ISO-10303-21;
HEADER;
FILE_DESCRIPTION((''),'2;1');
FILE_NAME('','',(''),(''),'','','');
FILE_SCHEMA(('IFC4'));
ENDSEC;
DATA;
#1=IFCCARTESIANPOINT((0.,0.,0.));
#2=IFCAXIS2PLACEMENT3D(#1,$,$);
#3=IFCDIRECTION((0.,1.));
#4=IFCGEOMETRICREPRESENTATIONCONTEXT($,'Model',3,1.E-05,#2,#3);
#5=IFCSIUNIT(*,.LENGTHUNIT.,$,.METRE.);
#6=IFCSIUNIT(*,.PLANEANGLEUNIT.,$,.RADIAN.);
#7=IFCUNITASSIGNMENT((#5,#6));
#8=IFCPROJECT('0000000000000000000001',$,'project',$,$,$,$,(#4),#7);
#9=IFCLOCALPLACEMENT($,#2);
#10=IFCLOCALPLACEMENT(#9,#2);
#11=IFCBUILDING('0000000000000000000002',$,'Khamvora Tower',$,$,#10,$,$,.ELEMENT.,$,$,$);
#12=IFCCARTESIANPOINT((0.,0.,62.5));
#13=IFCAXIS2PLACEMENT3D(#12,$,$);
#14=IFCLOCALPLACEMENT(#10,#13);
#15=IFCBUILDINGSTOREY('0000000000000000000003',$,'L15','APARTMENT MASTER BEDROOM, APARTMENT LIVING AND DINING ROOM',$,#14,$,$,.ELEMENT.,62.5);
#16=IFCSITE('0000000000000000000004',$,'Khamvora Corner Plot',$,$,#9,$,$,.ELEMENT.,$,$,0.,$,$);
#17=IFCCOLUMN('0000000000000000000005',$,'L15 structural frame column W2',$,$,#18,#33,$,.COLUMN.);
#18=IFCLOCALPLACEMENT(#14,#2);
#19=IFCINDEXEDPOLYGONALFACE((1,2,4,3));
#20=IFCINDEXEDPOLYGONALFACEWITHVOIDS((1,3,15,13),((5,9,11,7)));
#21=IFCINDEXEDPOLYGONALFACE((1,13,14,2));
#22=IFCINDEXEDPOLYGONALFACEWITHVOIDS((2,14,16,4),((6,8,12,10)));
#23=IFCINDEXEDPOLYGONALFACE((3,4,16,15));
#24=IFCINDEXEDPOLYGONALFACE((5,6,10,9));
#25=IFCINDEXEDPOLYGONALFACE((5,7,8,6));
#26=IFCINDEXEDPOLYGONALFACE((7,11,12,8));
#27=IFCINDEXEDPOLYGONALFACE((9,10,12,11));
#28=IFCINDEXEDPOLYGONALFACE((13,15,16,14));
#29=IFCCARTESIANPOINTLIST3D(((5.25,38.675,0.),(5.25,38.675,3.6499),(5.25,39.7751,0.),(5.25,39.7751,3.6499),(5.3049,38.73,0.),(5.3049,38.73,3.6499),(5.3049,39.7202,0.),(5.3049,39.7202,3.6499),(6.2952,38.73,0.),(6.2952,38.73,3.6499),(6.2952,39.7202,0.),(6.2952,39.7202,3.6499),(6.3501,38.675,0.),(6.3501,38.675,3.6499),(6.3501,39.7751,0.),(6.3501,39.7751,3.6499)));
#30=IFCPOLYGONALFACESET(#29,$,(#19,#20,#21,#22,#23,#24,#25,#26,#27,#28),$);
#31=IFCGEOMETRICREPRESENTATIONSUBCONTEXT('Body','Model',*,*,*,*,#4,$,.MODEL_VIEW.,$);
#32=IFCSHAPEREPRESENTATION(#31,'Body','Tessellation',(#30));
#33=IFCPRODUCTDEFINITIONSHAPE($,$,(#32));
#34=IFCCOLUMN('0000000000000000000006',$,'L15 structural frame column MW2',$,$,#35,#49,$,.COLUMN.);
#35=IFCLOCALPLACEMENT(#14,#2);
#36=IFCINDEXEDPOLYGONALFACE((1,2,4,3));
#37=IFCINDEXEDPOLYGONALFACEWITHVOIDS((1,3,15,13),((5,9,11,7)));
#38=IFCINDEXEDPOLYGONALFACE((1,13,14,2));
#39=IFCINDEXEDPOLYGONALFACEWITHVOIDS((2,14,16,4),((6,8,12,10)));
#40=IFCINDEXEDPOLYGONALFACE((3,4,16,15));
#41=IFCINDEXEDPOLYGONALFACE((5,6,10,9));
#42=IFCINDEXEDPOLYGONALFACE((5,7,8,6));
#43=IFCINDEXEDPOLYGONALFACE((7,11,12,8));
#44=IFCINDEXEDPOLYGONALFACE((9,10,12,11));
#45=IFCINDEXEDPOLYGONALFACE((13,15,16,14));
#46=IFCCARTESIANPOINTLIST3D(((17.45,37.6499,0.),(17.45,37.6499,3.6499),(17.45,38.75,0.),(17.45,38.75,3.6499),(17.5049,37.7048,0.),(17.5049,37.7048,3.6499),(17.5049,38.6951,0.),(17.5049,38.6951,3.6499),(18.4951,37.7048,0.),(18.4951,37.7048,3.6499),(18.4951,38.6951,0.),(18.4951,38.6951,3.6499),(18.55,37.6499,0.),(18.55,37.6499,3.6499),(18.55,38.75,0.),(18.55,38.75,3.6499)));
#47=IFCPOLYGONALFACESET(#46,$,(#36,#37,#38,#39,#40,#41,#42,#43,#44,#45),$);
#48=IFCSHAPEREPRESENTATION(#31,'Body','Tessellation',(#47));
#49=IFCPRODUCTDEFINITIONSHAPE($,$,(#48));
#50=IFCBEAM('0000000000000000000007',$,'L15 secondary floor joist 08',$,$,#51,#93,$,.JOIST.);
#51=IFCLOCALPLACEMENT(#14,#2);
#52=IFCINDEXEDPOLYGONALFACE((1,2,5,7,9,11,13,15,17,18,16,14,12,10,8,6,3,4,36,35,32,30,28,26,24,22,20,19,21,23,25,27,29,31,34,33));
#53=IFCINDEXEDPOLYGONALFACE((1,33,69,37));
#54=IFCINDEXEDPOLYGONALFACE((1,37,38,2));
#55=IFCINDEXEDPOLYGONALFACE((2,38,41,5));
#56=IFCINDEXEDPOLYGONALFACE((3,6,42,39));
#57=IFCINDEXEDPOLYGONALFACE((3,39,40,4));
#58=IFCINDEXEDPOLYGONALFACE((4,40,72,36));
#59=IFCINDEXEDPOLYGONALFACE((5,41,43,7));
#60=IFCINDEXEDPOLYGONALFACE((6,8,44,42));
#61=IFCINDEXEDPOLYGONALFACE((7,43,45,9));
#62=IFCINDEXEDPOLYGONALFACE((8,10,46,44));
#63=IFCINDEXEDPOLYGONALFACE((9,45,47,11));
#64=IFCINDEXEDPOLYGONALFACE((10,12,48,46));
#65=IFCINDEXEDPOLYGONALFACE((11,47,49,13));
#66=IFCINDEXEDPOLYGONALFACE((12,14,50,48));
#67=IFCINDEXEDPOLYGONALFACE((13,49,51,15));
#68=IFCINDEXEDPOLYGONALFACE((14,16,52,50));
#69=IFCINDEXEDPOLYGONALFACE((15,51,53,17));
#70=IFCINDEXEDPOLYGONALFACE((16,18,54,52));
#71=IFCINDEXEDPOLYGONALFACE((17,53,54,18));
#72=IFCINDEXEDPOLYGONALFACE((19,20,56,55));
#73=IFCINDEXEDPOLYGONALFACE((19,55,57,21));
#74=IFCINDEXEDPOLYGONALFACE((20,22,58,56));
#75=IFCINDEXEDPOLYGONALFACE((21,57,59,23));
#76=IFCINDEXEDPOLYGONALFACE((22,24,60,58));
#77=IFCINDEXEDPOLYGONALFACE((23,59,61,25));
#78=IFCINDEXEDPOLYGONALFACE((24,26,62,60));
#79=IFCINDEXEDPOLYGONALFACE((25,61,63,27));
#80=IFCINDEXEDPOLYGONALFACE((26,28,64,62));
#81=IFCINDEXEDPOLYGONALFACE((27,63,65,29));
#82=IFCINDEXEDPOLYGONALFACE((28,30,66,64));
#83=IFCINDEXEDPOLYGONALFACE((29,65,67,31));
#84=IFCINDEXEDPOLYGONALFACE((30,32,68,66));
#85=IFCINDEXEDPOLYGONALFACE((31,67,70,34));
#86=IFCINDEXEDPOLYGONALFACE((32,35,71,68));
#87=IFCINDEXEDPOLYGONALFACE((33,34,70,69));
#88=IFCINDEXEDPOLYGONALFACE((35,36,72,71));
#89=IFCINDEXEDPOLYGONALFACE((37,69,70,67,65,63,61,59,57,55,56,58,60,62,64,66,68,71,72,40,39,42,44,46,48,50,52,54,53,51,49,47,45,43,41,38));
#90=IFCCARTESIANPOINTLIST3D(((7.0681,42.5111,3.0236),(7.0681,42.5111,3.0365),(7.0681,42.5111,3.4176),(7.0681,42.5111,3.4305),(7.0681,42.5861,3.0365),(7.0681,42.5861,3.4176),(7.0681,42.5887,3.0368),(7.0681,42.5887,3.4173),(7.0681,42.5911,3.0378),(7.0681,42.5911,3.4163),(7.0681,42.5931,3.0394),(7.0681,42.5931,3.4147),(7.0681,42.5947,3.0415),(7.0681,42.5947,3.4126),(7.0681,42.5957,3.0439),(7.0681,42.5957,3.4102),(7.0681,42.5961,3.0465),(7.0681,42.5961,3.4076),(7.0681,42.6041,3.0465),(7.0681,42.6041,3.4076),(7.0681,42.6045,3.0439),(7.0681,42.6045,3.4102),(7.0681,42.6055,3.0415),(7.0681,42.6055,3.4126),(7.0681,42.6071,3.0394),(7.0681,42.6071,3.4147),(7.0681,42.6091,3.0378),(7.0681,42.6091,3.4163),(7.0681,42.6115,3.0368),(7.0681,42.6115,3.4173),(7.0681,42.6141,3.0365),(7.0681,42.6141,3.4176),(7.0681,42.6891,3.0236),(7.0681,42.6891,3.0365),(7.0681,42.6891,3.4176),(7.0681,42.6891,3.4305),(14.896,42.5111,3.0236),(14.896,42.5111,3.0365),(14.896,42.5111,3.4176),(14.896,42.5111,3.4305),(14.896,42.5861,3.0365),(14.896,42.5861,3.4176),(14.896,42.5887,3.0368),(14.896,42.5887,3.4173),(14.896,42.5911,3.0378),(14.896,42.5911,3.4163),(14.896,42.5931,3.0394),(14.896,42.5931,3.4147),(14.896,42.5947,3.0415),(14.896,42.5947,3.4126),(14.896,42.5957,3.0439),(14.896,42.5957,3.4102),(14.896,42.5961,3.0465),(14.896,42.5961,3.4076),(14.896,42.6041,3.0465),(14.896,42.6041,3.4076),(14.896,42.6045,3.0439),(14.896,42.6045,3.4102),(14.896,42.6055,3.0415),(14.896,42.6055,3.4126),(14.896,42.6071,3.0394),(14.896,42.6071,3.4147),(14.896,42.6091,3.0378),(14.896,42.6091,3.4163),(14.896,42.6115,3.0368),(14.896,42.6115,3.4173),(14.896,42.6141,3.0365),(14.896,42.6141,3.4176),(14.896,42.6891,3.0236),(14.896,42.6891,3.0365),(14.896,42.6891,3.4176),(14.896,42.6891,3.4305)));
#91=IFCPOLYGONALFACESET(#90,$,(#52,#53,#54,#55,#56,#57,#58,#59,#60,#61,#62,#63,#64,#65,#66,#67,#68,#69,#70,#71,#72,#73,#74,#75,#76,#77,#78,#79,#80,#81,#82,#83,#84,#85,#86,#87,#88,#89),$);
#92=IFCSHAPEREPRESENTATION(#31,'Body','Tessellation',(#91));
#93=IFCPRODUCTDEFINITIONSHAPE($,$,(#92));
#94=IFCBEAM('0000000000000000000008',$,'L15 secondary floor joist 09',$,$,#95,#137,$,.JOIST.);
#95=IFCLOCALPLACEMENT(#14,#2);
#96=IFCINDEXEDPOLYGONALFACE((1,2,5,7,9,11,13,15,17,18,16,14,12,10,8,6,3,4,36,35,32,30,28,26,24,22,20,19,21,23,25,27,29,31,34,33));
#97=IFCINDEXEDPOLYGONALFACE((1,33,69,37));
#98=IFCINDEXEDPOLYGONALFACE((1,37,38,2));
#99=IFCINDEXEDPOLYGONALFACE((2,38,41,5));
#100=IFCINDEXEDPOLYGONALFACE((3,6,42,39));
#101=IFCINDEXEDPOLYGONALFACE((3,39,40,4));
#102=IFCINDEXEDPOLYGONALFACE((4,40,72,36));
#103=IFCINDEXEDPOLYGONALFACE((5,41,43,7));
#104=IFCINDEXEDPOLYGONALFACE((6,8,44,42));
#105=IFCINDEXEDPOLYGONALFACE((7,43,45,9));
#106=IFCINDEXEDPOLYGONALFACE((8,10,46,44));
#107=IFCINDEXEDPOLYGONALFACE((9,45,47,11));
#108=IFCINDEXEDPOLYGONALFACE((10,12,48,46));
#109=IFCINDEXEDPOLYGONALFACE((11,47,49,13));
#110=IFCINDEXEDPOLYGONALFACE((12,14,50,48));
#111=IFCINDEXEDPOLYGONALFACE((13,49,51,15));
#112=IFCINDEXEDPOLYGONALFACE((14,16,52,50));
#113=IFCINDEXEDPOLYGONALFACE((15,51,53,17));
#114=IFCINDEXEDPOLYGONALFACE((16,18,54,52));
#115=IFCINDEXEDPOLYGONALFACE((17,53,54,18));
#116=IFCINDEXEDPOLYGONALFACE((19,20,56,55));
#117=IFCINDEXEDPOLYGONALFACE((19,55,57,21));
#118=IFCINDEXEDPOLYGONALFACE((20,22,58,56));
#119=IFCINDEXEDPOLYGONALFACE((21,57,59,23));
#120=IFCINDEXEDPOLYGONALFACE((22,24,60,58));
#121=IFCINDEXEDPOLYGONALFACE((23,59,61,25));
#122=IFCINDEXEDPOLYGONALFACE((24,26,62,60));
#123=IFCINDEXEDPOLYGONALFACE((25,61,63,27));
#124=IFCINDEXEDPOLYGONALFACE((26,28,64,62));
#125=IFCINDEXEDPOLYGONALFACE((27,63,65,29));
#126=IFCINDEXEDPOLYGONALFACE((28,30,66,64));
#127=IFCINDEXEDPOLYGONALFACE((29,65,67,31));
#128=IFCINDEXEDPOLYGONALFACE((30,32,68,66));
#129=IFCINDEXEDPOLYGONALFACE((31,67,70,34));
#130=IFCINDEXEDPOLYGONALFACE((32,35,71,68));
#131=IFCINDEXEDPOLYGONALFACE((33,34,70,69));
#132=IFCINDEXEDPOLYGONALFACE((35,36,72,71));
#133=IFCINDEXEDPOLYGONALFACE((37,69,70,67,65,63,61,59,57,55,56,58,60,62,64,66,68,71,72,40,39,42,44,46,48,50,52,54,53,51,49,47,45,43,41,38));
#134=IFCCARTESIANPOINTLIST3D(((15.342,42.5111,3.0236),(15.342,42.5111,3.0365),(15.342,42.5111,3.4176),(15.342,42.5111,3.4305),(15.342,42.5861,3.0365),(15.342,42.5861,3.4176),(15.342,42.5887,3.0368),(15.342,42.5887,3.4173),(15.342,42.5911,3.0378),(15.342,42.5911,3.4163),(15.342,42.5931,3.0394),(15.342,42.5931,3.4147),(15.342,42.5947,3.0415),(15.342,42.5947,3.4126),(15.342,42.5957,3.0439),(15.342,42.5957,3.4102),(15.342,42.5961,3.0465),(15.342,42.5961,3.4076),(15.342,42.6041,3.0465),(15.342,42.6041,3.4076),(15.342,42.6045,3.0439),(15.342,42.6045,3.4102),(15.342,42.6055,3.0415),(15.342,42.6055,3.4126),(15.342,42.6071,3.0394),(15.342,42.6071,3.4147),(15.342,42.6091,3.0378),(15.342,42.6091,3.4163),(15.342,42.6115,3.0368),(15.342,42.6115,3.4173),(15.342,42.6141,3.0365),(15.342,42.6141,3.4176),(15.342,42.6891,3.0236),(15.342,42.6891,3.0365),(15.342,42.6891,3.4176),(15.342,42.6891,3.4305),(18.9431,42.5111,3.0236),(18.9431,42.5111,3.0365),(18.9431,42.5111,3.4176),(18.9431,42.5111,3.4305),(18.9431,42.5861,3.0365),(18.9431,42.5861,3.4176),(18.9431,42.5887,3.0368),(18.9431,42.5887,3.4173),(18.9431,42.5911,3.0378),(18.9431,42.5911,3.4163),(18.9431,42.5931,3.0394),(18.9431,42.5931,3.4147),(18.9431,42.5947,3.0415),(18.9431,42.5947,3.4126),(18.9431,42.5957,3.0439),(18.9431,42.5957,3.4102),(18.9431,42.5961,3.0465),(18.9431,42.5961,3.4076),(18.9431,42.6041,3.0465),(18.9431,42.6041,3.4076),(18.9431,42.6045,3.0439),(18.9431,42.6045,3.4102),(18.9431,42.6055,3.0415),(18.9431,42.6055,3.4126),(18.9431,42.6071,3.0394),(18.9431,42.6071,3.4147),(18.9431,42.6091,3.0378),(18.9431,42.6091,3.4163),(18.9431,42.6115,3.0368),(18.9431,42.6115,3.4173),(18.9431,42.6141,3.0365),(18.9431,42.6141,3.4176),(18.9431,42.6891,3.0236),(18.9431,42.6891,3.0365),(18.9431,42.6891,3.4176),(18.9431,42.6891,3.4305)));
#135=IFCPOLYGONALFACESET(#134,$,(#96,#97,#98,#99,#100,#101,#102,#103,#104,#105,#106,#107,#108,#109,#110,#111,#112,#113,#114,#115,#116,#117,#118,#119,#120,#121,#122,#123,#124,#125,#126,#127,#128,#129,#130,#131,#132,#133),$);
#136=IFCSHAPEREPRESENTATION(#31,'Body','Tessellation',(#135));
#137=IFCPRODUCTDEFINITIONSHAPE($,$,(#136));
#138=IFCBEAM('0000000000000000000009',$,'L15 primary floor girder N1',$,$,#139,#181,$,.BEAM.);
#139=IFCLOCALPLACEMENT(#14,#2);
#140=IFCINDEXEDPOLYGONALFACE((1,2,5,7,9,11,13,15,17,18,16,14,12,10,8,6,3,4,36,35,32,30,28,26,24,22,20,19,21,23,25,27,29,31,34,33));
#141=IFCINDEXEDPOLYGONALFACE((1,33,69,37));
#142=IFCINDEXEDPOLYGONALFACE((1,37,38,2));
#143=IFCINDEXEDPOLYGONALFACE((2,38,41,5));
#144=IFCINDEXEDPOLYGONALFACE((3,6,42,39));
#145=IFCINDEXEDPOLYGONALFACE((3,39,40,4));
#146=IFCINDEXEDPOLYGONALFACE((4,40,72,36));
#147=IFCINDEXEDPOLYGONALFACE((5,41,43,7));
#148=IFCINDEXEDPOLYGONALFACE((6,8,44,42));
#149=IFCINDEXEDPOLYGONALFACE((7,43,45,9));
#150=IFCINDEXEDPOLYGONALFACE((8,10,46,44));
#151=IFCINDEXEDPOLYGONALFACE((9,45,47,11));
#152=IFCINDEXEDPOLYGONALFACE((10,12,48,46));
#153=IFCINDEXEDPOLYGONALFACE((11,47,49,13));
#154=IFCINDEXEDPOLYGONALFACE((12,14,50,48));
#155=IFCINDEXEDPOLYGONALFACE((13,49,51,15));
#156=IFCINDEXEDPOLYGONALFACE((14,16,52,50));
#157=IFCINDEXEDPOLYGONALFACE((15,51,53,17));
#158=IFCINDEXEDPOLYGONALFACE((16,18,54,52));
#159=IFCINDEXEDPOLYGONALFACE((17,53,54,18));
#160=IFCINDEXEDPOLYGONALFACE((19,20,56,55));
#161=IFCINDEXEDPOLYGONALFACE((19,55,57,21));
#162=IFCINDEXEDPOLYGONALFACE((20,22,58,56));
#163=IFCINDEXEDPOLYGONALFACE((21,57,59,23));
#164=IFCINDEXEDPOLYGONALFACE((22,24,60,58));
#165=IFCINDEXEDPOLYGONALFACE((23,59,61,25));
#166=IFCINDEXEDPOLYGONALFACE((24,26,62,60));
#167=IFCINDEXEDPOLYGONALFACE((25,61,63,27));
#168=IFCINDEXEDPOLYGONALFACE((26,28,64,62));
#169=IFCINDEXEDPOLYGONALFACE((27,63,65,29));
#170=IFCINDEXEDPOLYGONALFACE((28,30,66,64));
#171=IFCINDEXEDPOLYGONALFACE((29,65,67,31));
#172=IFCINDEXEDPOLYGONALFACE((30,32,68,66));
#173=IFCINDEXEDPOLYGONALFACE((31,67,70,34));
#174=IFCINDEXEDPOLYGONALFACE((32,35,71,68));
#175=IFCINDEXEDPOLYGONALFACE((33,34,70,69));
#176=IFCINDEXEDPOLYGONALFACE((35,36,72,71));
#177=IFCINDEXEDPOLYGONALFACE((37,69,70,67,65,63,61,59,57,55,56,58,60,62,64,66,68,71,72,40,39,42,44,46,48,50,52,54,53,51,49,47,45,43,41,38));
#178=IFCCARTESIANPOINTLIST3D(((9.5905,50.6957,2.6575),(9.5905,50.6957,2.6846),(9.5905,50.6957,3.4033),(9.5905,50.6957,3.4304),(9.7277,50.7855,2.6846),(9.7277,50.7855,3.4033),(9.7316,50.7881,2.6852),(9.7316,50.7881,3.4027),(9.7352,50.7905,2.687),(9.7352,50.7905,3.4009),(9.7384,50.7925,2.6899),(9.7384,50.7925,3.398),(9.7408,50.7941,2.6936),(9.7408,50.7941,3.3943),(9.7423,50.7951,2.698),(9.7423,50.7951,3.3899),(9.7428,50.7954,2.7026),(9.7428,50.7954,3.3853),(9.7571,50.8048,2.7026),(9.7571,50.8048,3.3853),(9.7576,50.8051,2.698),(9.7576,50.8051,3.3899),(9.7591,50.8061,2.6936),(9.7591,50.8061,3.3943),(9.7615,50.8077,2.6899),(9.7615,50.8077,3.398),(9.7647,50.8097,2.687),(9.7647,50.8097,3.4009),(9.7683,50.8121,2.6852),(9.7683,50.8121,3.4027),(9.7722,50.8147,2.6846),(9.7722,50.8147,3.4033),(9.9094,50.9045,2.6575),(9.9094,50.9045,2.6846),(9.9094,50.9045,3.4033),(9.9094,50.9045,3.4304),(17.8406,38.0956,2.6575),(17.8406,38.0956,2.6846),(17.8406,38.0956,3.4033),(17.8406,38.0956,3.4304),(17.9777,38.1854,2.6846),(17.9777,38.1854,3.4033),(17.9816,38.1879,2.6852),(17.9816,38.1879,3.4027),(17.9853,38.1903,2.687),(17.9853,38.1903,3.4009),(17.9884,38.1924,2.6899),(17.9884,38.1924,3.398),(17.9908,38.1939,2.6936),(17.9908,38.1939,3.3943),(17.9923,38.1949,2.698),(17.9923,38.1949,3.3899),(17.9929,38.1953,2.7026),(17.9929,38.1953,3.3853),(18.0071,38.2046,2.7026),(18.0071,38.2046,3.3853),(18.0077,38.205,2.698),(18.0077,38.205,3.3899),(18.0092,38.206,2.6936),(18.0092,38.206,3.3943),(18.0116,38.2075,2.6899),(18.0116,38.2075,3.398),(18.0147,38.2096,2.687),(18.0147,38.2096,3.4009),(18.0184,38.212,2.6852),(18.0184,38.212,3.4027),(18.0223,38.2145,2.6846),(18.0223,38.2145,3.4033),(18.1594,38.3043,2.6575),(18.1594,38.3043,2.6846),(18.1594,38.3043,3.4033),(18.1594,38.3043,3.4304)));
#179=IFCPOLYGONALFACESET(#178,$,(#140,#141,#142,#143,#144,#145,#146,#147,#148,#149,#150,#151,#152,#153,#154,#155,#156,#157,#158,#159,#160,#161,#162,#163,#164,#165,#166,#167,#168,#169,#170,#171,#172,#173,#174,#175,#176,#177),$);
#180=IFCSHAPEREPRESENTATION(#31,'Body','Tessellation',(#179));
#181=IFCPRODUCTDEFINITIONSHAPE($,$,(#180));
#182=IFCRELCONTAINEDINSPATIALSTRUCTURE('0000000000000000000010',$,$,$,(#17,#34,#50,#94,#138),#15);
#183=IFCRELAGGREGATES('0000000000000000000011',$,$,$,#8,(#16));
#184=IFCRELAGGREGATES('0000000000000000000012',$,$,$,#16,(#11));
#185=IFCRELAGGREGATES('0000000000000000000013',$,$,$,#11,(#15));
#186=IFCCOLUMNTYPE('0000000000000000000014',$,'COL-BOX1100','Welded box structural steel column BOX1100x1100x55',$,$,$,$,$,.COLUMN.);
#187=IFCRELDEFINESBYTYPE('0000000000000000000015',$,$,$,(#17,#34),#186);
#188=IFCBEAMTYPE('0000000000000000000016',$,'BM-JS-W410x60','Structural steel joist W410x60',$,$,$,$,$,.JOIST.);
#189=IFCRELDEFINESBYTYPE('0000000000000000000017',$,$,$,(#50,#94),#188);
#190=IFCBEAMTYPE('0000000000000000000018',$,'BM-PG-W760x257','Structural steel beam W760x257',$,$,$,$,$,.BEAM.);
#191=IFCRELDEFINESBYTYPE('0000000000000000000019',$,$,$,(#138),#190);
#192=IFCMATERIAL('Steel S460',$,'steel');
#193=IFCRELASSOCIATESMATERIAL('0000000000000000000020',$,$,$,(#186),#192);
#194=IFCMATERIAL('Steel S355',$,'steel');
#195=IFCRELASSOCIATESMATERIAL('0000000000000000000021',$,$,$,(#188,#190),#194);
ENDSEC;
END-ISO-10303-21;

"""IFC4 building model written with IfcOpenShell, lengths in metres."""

from ifc_helpers import new_model, si_unit, direction, frame, origin, origin_2d, place, context, subcontext, project, spatial, hollow_rectangle, i_section, extrude, material, material_profile, profile_set, type_object, element, save


model = new_model("IFC4")

# Units and contexts
model_context = context("Model", 3, precision=1e-05, world=origin(), true_north=direction((0.0, 1.0)))
body_context = subcontext(model_context, "Body", "Model", "MODEL_VIEW")
ifc_project = project(units=[si_unit("LENGTHUNIT", "METRE"), si_unit("PLANEANGLEUNIT", "RADIAN")], contexts=[model_context])

# Site, building, storey
site_placement = place(None, origin())
site = spatial("IfcSite", under=ifc_project, at=site_placement, Name="Khamvora Corner Plot", CompositionType="ELEMENT", RefElevation=0.0)
building_placement = place(site_placement, origin())
building = spatial("IfcBuilding", under=site, at=building_placement, Name="Khamvora Tower", CompositionType="ELEMENT")
storey_placement = place(building_placement, frame((0.0, 0.0, 62.5)))
storey = spatial("IfcBuildingStorey", under=building, at=storey_placement, Name="L15", Description="APARTMENT MASTER BEDROOM, APARTMENT LIVING AND DINING ROOM", CompositionType="ELEMENT", Elevation=62.5)

# Columns
ifc_material_1 = material(Name="Steel S460", Category="steel")
ifc_material_profile_1 = material_profile(ifc_material_1, hollow_rectangle(XDim=1.1001, YDim=1.1001, WallThickness=0.0549, at=origin_2d()), Name="BOX1100x1100x55")
ifc_profile_set_1 = profile_set([ifc_material_profile_1], Name="Steel S460")
column_type = type_object("IfcColumnType", Name="COL-BOX1100", Description="Welded box structural steel column BOX1100x1100x55", PredefinedType="COLUMN", material=ifc_profile_set_1)
for number, where, z_axis, x_axis, name in (
    (1, (5.8, 39.2251, 0.0), (0.0, 0.0, 1.0), (1.0, 0.0, 0.0), "L15 structural frame column W2"),
    (2, (18.0, 38.2, 0.0), (0.0, 0.0, 1.0), (1.0, 0.0, 0.0), "L15 structural frame column MW2"),
):
    element("IfcColumn", number, at=place(storey_placement, frame(where, z_axis=z_axis, x_axis=x_axis)), inside=storey, type_object=column_type, Name=name, PredefinedType="COLUMN", context=body_context, shape_type="SweptSolid", body=[
        extrude(hollow_rectangle(XDim=1.1001, YDim=1.1001, WallThickness=0.0549, at=origin_2d()), origin(), (0.0, 0.0, 1.0), 3.6499),
    ])

# Beams
ifc_material_2 = material(Name="Steel S355", Category="steel")
ifc_material_profile_2 = material_profile(ifc_material_2, i_section(OverallWidth=0.178, OverallDepth=0.407, WebThickness=0.0081, FlangeThickness=0.0129, FilletRadius=0.01, at=origin_2d()), Name="W410x60")
ifc_profile_set_2 = profile_set([ifc_material_profile_2], Name="Steel S355")
beam_type_1 = type_object("IfcBeamType", Name="BM-JS-W410x60", Description="Structural steel joist W410x60", PredefinedType="JOIST", material=ifc_profile_set_2)
beam_1_placement = place(storey_placement, frame((7.0681, 42.6001, 3.2271), z_axis=(1.0, 0.0, 0.0), x_axis=(0.0, 1.0, 0.0)))
element("IfcBeam", 3, at=beam_1_placement, inside=storey, type_object=beam_type_1, Name="L15 secondary floor joist 08", PredefinedType="JOIST", context=body_context, shape_type="SweptSolid", body=[
    extrude(i_section(OverallWidth=0.178, OverallDepth=0.407, WebThickness=0.0081, FlangeThickness=0.0129, FilletRadius=0.01, at=origin_2d()), origin(), (0.0, 0.0, 1.0), 7.8279),
])
beam_2_placement = place(storey_placement, frame((15.342, 42.6001, 3.2271), z_axis=(1.0, 0.0, 0.0), x_axis=(0.0, 1.0, 0.0)))
element("IfcBeam", 4, at=beam_2_placement, inside=storey, type_object=beam_type_1, Name="L15 secondary floor joist 09", PredefinedType="JOIST", context=body_context, shape_type="SweptSolid", body=[
    extrude(i_section(OverallWidth=0.178, OverallDepth=0.407, WebThickness=0.0081, FlangeThickness=0.0129, FilletRadius=0.01, at=origin_2d()), origin(), (0.0, 0.0, 1.0), 3.6011),
])
ifc_material_profile_3 = material_profile(ifc_material_2, i_section(OverallWidth=0.3811, OverallDepth=0.7729, WebThickness=0.0171, FlangeThickness=0.0271, FilletRadius=0.0181, at=origin_2d()), Name="W760x257")
ifc_profile_set_3 = profile_set([ifc_material_profile_3], Name="Steel S355")
beam_type_2 = type_object("IfcBeamType", Name="BM-PG-W760x257", Description="Structural steel beam W760x257", PredefinedType="BEAM", material=ifc_profile_set_3)
beam_3_placement = place(storey_placement, frame((18.0, 38.2, 3.0439), z_axis=(-0.547783, 0.83662, 0.0), x_axis=(-0.83662, -0.547783, 0.0)))
element("IfcBeam", 5, at=beam_3_placement, inside=storey, type_object=beam_type_2, Name="L15 primary floor girder N1", PredefinedType="BEAM", context=body_context, shape_type="SweptSolid", body=[
    extrude(i_section(OverallWidth=0.3811, OverallDepth=0.7729, WebThickness=0.0171, FlangeThickness=0.0271, FilletRadius=0.0181, at=origin_2d()), origin(), (0.0, 0.0, 1.0), 15.0608),
])

save(model, "model.ifc")
